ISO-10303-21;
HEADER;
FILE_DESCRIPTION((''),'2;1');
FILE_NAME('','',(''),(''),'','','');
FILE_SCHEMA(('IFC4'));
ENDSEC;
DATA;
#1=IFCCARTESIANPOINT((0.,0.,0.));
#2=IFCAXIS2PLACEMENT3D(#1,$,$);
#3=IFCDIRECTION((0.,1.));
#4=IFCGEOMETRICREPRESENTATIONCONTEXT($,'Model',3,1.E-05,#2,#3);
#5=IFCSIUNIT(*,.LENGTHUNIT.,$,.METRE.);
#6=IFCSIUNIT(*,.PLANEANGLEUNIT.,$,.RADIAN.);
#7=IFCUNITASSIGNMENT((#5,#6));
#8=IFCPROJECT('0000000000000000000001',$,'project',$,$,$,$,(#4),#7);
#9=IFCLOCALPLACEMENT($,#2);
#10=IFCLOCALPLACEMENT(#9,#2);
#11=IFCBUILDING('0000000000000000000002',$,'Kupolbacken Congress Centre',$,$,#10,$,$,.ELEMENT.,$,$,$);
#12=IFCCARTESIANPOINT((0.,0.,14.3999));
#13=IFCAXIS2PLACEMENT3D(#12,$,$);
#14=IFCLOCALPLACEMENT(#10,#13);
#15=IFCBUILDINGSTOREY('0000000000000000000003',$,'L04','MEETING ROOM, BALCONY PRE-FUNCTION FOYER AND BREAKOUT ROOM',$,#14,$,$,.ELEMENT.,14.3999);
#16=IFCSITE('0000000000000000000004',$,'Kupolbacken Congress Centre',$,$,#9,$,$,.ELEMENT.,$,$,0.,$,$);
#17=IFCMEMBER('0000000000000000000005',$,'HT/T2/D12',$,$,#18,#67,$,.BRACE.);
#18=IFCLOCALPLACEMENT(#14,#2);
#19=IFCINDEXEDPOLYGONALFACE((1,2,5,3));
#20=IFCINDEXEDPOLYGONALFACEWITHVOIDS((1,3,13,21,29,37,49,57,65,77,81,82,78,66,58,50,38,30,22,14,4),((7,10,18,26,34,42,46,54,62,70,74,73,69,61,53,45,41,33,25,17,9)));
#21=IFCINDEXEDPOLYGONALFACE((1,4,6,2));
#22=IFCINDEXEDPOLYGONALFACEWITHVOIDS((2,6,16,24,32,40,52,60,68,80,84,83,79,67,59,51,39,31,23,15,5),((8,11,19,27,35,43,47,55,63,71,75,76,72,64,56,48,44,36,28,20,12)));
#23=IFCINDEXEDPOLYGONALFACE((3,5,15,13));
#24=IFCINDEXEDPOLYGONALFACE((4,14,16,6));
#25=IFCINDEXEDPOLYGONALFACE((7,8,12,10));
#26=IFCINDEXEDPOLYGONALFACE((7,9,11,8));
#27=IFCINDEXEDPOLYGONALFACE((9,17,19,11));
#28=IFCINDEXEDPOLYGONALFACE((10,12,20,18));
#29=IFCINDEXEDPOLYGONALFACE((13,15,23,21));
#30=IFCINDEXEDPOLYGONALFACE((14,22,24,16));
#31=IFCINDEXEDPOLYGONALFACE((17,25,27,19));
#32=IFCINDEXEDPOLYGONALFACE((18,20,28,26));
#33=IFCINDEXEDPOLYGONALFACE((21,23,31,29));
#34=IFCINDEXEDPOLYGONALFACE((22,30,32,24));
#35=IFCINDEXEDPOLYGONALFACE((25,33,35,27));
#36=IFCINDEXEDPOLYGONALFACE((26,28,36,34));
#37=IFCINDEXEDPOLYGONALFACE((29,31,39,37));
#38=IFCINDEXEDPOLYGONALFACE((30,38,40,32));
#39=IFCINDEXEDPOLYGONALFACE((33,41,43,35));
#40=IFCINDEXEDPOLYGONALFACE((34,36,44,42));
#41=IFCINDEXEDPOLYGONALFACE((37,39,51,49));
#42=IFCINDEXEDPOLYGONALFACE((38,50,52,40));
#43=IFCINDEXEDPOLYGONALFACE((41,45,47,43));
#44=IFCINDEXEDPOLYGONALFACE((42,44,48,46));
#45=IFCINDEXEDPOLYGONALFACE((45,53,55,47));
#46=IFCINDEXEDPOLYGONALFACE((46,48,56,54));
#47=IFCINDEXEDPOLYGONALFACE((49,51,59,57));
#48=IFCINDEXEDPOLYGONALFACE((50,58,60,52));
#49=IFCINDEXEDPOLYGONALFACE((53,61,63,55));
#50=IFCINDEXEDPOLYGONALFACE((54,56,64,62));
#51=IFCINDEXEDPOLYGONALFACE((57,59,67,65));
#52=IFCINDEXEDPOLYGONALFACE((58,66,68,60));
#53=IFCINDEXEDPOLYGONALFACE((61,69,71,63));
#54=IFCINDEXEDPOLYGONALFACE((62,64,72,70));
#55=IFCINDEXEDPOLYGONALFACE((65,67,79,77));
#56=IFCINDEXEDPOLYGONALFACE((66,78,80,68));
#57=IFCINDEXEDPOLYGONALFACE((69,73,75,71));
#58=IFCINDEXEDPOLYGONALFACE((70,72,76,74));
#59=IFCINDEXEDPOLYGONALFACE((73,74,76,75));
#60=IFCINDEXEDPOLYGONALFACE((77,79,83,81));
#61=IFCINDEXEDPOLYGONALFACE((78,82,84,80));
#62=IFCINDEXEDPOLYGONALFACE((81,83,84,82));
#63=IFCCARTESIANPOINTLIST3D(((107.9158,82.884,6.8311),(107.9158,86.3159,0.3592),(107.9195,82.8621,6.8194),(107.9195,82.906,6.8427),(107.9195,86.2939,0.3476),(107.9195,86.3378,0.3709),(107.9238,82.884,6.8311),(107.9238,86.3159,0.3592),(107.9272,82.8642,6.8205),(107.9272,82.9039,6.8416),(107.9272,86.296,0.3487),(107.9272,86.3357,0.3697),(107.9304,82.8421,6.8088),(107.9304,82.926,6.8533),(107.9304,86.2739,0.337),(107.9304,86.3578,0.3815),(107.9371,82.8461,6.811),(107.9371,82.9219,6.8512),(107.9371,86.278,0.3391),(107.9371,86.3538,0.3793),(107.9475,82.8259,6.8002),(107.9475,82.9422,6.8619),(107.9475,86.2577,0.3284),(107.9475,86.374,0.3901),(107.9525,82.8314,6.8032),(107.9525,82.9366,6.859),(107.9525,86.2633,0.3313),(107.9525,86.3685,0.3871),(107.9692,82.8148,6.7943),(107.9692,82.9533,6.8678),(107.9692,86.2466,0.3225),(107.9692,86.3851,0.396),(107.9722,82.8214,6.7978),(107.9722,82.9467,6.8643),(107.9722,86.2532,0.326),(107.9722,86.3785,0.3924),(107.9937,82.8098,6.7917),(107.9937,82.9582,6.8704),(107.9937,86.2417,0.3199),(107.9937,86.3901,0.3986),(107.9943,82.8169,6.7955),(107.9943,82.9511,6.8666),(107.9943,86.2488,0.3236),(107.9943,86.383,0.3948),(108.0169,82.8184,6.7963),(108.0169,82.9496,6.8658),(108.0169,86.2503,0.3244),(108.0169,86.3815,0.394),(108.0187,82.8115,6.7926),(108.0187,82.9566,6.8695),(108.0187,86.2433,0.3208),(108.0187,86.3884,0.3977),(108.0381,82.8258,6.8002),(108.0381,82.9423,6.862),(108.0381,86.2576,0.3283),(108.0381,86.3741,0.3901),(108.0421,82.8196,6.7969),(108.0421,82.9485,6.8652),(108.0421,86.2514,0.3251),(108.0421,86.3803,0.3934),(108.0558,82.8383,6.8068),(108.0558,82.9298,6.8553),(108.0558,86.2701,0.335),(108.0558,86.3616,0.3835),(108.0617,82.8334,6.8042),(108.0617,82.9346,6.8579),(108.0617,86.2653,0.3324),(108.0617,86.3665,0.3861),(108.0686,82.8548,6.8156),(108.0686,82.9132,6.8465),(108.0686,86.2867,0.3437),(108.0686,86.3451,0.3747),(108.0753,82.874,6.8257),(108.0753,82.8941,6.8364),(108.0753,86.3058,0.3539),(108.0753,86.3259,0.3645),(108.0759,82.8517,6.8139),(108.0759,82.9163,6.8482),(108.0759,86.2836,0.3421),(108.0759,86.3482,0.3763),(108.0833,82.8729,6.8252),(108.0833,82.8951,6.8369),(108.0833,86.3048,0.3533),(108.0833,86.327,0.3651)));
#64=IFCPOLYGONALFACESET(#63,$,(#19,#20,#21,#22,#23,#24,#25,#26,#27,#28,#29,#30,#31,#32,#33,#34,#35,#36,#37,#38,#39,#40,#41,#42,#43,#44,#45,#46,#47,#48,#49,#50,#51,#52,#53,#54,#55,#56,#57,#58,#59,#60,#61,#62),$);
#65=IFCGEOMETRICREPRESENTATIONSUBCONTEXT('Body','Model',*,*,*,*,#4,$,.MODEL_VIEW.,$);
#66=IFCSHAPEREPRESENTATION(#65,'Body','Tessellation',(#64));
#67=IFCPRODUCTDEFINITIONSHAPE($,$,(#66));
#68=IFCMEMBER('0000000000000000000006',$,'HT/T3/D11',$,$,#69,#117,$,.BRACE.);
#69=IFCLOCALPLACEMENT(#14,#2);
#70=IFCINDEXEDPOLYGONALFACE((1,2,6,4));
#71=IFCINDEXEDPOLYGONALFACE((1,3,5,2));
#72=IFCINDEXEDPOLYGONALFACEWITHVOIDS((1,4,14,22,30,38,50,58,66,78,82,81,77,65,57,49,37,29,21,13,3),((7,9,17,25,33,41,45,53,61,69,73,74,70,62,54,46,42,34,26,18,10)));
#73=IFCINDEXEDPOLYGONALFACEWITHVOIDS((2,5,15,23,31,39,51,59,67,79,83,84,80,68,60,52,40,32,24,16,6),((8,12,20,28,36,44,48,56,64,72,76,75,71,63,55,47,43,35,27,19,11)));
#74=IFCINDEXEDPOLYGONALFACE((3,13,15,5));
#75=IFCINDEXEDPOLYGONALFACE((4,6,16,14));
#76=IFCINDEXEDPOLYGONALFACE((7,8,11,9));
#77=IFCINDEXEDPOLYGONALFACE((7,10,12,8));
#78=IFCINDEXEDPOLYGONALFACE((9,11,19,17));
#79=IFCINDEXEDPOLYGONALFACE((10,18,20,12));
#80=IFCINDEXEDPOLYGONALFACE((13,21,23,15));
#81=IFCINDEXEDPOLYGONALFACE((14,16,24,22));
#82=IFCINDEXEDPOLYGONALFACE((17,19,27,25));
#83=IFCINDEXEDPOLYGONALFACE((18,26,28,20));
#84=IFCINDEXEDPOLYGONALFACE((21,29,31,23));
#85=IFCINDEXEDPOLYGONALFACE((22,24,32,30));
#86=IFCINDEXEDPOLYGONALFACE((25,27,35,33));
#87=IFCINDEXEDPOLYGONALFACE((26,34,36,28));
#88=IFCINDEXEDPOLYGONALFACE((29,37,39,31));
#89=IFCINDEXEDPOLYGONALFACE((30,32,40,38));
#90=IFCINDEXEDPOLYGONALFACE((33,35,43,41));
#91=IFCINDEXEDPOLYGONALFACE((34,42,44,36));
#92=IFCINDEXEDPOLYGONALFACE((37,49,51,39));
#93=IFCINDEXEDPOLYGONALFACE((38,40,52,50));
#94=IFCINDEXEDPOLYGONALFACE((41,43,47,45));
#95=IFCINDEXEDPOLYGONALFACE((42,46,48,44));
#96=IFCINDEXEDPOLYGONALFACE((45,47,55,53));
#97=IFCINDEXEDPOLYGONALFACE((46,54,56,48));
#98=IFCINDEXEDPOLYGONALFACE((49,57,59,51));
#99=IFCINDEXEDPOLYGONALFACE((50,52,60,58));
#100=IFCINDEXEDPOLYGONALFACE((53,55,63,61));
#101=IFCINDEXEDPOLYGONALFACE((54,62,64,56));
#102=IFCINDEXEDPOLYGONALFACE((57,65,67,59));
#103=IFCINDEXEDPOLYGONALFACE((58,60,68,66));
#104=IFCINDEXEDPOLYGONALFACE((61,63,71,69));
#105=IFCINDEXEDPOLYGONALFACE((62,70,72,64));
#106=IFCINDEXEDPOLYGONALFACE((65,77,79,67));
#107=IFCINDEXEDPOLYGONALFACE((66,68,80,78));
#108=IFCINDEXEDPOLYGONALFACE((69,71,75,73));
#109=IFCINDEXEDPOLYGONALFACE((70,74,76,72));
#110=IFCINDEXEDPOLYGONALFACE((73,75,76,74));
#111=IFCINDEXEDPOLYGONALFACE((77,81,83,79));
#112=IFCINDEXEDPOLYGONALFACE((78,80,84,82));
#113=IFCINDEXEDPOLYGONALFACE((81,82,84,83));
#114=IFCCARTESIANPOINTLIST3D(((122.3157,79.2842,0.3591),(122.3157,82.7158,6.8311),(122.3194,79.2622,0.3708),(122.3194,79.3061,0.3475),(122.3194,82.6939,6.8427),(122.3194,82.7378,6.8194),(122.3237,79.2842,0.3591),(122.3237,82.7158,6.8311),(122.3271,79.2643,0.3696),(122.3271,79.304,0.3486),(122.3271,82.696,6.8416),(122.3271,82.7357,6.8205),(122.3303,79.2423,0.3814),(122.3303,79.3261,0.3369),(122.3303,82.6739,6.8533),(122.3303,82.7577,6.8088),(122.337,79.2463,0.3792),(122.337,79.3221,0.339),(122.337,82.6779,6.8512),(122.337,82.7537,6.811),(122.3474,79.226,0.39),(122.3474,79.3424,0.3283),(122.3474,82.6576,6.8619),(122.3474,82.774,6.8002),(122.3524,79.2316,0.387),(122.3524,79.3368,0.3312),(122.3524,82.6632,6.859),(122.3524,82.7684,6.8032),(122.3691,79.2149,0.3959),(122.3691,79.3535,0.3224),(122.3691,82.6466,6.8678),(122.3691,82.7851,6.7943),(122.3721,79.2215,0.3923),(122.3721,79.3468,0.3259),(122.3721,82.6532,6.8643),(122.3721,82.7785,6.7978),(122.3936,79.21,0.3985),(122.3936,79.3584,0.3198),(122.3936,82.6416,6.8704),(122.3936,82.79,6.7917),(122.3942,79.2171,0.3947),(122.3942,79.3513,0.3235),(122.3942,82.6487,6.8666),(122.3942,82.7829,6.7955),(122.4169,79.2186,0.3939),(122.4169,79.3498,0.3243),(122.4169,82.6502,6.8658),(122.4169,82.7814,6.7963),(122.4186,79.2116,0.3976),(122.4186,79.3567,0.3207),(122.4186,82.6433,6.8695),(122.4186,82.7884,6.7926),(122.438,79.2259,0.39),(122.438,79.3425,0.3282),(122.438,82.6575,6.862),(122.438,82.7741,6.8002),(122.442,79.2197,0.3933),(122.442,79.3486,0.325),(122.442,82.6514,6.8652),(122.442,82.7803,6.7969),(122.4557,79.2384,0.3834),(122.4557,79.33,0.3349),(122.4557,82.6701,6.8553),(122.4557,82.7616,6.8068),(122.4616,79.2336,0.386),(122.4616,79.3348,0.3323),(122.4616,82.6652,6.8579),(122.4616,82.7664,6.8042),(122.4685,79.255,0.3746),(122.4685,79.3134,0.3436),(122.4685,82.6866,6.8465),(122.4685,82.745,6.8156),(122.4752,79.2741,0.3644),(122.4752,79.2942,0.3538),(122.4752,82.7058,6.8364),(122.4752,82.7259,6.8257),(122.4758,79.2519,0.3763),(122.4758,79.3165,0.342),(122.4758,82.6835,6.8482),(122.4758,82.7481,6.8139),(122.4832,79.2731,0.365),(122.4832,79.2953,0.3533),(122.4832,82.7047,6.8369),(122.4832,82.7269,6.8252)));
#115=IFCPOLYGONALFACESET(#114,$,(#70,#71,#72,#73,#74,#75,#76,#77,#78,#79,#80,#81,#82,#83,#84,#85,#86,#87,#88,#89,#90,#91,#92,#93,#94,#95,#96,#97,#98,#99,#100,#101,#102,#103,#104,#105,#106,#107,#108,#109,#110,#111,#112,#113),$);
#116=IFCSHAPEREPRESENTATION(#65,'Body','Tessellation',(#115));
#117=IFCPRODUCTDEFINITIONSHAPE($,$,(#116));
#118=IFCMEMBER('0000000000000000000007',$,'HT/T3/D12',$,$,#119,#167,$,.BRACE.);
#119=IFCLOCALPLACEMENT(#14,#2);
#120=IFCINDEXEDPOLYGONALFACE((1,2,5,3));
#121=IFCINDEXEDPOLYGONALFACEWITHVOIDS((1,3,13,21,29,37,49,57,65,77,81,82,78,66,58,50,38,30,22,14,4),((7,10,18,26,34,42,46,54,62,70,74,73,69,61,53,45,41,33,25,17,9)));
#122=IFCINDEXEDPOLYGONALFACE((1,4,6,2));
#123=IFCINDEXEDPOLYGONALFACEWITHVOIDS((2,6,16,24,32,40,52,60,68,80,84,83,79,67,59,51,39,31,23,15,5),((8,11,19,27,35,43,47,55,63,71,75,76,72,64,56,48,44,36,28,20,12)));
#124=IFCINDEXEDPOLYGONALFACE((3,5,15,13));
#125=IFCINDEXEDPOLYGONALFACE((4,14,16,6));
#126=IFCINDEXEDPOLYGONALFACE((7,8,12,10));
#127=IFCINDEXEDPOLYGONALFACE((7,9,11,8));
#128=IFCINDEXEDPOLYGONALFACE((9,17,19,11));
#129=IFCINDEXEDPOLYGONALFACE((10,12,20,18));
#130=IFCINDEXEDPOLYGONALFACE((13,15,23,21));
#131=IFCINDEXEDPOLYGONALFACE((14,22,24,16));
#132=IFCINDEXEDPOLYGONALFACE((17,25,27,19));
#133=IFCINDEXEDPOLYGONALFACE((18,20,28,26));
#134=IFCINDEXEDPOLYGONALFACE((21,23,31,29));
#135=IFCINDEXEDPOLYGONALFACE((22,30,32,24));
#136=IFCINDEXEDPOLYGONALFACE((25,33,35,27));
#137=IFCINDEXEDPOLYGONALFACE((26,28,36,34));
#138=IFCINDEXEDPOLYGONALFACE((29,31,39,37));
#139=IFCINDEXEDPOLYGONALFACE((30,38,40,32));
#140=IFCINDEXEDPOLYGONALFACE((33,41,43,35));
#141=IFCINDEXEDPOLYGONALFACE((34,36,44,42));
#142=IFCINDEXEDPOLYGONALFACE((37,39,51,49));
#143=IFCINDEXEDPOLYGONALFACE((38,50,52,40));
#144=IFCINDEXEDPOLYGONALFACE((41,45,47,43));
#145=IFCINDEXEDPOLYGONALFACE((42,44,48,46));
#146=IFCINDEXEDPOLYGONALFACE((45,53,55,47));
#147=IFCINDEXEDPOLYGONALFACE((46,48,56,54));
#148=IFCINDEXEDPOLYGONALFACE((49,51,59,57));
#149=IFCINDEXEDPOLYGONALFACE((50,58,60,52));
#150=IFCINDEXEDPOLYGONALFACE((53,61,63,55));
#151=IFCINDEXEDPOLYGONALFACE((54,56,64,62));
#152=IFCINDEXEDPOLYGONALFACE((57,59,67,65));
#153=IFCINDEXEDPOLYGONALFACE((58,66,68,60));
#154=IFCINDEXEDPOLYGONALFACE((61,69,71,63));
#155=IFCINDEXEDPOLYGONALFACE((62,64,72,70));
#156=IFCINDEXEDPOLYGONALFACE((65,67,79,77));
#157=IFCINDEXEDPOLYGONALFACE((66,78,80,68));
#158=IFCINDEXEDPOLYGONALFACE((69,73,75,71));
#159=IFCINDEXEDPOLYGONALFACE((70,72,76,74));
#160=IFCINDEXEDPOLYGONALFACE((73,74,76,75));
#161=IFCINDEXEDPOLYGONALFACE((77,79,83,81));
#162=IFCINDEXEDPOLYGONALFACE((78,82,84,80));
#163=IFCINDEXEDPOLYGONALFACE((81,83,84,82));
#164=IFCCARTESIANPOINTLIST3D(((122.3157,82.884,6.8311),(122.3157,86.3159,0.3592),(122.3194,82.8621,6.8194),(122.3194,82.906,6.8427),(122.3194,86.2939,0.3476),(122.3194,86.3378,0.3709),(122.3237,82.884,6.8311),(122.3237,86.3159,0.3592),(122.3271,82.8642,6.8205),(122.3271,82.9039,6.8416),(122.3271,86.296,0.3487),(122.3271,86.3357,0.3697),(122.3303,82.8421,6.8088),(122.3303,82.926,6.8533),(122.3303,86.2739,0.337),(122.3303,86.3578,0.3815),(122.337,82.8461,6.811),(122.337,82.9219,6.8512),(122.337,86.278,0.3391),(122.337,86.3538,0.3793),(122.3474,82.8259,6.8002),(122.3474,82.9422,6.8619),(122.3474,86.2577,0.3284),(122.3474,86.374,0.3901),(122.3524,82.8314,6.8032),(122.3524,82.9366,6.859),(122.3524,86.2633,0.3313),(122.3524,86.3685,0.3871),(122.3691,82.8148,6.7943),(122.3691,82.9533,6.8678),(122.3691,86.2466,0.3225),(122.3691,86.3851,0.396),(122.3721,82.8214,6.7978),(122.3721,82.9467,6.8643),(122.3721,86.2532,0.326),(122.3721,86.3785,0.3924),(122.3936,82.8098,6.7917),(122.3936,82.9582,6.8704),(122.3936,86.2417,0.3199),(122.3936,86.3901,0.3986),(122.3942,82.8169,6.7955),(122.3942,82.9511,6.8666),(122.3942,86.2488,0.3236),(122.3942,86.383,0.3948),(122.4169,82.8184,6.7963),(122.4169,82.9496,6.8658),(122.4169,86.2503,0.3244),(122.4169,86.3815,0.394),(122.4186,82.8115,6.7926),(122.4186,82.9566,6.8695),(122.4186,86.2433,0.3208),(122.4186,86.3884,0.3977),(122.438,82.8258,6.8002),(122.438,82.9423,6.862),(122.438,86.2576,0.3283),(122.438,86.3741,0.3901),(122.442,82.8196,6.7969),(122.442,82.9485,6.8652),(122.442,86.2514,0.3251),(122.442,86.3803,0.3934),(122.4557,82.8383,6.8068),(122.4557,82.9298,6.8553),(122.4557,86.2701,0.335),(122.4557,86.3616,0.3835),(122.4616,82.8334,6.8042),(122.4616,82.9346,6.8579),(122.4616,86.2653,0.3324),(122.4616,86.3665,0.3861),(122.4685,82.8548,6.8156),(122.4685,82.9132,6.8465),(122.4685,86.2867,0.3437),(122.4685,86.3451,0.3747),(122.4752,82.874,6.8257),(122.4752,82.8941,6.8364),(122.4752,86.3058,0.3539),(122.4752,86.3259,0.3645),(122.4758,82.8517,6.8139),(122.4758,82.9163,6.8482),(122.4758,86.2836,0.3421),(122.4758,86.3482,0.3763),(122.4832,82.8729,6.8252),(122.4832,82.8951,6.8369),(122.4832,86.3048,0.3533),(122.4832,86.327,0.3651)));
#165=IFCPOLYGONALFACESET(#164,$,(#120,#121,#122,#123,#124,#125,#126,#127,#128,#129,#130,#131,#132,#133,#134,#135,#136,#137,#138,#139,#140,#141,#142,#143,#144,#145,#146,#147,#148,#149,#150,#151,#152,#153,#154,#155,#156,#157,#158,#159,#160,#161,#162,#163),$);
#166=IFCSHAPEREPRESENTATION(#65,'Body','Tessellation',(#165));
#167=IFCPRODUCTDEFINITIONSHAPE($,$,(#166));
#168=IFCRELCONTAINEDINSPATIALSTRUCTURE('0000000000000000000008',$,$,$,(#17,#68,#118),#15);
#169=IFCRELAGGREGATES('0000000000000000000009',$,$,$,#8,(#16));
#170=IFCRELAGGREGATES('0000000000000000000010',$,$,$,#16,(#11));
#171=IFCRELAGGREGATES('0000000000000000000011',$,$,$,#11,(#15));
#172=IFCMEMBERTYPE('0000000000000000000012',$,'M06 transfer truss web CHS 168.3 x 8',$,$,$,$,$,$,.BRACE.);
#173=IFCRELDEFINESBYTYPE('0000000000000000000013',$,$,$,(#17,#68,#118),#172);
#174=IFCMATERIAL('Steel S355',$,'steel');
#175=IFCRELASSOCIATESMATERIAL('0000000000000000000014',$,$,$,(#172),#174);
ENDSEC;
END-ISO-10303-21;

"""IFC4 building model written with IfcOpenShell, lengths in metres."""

from ifc_helpers import new_model, si_unit, direction, frame, origin, origin_2d, place, context, subcontext, project, spatial, hollow_circle, extrude, material, material_profile, profile_set, type_object, element, save


model = new_model("IFC4")

# Units and contexts
model_context = context("Model", 3, precision=1e-05, world=origin(), true_north=direction((0.0, 1.0)))
body_context = subcontext(model_context, "Body", "Model", "MODEL_VIEW")
ifc_project = project(units=[si_unit("LENGTHUNIT", "METRE"), si_unit("PLANEANGLEUNIT", "RADIAN")], contexts=[model_context])

# Site, building, storey
site_placement = place(None, origin())
site = spatial("IfcSite", under=ifc_project, at=site_placement, Name="Kupolbacken Congress Centre", CompositionType="ELEMENT", RefElevation=0.0)
building_placement = place(site_placement, origin())
building = spatial("IfcBuilding", under=site, at=building_placement, Name="Kupolbacken Congress Centre", CompositionType="ELEMENT")
storey_placement = place(building_placement, frame((0.0, 0.0, 14.3999)))
storey = spatial("IfcBuildingStorey", under=building, at=storey_placement, Name="L04", Description="MEETING ROOM, BALCONY PRE-FUNCTION FOYER AND BREAKOUT ROOM", CompositionType="ELEMENT", Elevation=14.3999)

# Members
ifc_material_1 = material(Name="Steel S355", Category="steel")
ifc_material_profile_1 = material_profile(ifc_material_1, hollow_circle(Radius=0.0842, WallThickness=0.0081, at=origin_2d()), Name="CHS 168.3 x 8")
ifc_profile_set_1 = profile_set([ifc_material_profile_1], Name="Steel S355")
member_type_1 = type_object("IfcMemberType", Name="M06 transfer truss web CHS 168.3 x 8", PredefinedType="BRACE", material=ifc_profile_set_1)
for number, where, z_axis, x_axis, name in (
    (1, (108.0, 82.884, 6.8311), (0.0, 0.468482, -0.883473), (-1.0, 0.0, 0.0), "HT/T2/D12"),
    (2, (122.3999, 79.2842, 0.3591), (0.0, 0.468456, 0.883487), (-1.0, 0.0, 0.0), "HT/T3/D11"),
    (3, (122.3999, 82.884, 6.8311), (0.0, 0.468482, -0.883473), (-1.0, 0.0, 0.0), "HT/T3/D12"),
):
    element("IfcMember", number, at=place(storey_placement, frame(where, z_axis=z_axis, x_axis=x_axis)), inside=storey, type_object=member_type_1, Name=name, PredefinedType="BRACE", context=body_context, shape_type="SweptSolid", body=[
        extrude(hollow_circle(Radius=0.0842, WallThickness=0.0081, at=origin_2d()), origin(), (0.0, 0.0, 1.0), 7.3254),
    ])

save(model, "model.ifc")
